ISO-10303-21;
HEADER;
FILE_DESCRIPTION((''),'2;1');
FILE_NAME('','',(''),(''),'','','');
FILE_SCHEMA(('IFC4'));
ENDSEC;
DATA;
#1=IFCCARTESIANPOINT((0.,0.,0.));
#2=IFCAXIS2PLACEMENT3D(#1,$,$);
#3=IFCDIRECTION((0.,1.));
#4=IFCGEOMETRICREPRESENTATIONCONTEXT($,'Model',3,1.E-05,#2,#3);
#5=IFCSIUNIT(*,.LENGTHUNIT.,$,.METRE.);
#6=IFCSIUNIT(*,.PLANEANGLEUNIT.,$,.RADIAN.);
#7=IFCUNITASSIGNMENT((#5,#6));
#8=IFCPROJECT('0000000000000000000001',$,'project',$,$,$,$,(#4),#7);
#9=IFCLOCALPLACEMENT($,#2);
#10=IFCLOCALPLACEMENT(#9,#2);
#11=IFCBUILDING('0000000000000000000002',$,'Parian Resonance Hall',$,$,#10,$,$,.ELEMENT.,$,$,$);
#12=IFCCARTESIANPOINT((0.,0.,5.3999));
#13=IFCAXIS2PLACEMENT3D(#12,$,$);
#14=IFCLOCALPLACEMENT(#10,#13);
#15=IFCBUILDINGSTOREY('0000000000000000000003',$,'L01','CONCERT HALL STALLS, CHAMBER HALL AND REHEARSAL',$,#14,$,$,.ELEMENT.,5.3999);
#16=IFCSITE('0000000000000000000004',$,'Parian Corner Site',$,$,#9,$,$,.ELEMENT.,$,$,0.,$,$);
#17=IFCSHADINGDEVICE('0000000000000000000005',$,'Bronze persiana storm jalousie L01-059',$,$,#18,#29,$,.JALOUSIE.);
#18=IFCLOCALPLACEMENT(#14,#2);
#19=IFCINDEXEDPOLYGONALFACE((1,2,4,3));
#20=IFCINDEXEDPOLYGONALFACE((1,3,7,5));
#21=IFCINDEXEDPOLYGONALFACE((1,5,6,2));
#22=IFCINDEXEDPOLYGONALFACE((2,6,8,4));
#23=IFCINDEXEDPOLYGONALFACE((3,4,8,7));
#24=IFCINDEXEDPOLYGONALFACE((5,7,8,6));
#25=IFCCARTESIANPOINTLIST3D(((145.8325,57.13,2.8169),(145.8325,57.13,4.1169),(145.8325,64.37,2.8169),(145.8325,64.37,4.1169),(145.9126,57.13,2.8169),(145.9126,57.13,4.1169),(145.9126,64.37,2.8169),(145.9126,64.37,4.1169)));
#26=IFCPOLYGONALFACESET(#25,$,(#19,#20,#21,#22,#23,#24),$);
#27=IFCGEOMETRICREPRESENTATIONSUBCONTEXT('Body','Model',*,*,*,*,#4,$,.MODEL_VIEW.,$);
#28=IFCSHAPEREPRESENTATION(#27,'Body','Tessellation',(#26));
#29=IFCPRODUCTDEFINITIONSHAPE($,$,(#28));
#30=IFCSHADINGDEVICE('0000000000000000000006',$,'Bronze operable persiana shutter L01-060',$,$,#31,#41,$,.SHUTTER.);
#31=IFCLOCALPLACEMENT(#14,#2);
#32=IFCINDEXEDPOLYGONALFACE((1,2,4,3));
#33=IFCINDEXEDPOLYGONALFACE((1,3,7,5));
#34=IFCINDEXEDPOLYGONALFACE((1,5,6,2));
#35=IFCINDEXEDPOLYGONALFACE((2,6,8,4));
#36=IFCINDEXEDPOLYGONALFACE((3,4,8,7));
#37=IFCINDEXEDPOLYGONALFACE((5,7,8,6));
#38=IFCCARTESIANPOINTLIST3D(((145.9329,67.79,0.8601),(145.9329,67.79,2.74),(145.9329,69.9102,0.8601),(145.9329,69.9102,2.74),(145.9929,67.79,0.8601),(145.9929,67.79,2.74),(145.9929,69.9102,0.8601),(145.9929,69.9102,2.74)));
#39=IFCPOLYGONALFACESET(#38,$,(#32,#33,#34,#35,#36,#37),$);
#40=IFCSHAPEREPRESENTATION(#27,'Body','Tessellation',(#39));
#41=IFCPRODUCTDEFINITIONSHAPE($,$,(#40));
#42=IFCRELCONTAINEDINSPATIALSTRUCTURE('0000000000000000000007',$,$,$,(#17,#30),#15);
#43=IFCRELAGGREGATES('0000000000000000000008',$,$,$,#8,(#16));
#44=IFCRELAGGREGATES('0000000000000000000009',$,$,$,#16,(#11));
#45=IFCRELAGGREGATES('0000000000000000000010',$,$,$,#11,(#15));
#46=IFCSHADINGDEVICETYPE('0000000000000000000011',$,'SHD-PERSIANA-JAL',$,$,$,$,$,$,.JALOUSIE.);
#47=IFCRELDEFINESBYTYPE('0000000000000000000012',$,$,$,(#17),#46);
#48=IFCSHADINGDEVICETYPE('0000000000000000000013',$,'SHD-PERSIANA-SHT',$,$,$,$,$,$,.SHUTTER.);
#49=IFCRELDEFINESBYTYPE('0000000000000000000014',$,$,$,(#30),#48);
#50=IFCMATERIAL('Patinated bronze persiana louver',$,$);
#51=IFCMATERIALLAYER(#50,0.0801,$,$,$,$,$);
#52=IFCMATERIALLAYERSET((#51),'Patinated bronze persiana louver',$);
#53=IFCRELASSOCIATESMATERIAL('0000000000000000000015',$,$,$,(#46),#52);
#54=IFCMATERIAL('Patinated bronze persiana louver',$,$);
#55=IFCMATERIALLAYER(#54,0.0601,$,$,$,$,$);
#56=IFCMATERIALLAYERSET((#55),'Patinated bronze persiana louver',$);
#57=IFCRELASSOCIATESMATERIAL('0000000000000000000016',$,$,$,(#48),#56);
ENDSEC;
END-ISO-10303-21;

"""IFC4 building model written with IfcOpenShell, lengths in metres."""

from ifc_helpers import new_model, si_unit, direction, frame, origin, origin_2d, place, context, subcontext, project, spatial, rectangle, extrude, material, layer, layer_set, type_object, element, save


model = new_model("IFC4")

# Units and contexts
model_context = context("Model", 3, precision=1e-05, world=origin(), true_north=direction((0.0, 1.0)))
body_context = subcontext(model_context, "Body", "Model", "MODEL_VIEW")
ifc_project = project(units=[si_unit("LENGTHUNIT", "METRE"), si_unit("PLANEANGLEUNIT", "RADIAN")], contexts=[model_context])

# Site, building, storey
site_placement = place(None, origin())
site = spatial("IfcSite", under=ifc_project, at=site_placement, Name="Parian Corner Site", CompositionType="ELEMENT", RefElevation=0.0)
building_placement = place(site_placement, origin())
building = spatial("IfcBuilding", under=site, at=building_placement, Name="Parian Resonance Hall", CompositionType="ELEMENT")
storey_placement = place(building_placement, frame((0.0, 0.0, 5.3999)))
storey = spatial("IfcBuildingStorey", under=building, at=storey_placement, Name="L01", Description="CONCERT HALL STALLS, CHAMBER HALL AND REHEARSAL", CompositionType="ELEMENT", Elevation=5.3999)

# Shading devices
ifc_material_1 = material(Name="Patinated bronze persiana louver")
ifc_layer_1 = layer(ifc_material_1, 0.0801)
ifc_layer_set_1 = layer_set([ifc_layer_1], Name="Patinated bronze persiana louver")
shading_device_type_1 = type_object("IfcShadingDeviceType", Name="SHD-PERSIANA-JAL", PredefinedType="JALOUSIE", material=ifc_layer_set_1)
shading_device_1_placement = place(storey_placement, frame((145.8726, 60.75, 2.8169), z_axis=(0.0, 0.0, 1.0), x_axis=(0.0, -1.0, 0.0)))
element("IfcShadingDevice", 1, at=shading_device_1_placement, inside=storey, type_object=shading_device_type_1, Name="Bronze persiana storm jalousie L01-059", PredefinedType="JALOUSIE", context=body_context, shape_type="SweptSolid", body=[
    extrude(rectangle(XDim=7.24, YDim=0.0801, at=origin_2d()), origin(), (0.0, 0.0, 1.0), 1.3),
])
ifc_material_2 = material(Name="Patinated bronze persiana louver")
ifc_layer_2 = layer(ifc_material_2, 0.0601)
ifc_layer_set_2 = layer_set([ifc_layer_2], Name="Patinated bronze persiana louver")
shading_device_type_2 = type_object("IfcShadingDeviceType", Name="SHD-PERSIANA-SHT", PredefinedType="SHUTTER", material=ifc_layer_set_2)
shading_device_2_placement = place(storey_placement, frame((145.9629, 68.8501, 0.8601), z_axis=(0.0, 0.0, 1.0), x_axis=(0.0, -1.0, 0.0)))
element("IfcShadingDevice", 2, at=shading_device_2_placement, inside=storey, type_object=shading_device_type_2, Name="Bronze operable persiana shutter L01-060", PredefinedType="SHUTTER", context=body_context, shape_type="SweptSolid", body=[
    extrude(rectangle(XDim=2.1201, YDim=0.0601, at=origin_2d()), origin(), (0.0, 0.0, 1.0), 1.8799),
])

save(model, "model.ifc")
